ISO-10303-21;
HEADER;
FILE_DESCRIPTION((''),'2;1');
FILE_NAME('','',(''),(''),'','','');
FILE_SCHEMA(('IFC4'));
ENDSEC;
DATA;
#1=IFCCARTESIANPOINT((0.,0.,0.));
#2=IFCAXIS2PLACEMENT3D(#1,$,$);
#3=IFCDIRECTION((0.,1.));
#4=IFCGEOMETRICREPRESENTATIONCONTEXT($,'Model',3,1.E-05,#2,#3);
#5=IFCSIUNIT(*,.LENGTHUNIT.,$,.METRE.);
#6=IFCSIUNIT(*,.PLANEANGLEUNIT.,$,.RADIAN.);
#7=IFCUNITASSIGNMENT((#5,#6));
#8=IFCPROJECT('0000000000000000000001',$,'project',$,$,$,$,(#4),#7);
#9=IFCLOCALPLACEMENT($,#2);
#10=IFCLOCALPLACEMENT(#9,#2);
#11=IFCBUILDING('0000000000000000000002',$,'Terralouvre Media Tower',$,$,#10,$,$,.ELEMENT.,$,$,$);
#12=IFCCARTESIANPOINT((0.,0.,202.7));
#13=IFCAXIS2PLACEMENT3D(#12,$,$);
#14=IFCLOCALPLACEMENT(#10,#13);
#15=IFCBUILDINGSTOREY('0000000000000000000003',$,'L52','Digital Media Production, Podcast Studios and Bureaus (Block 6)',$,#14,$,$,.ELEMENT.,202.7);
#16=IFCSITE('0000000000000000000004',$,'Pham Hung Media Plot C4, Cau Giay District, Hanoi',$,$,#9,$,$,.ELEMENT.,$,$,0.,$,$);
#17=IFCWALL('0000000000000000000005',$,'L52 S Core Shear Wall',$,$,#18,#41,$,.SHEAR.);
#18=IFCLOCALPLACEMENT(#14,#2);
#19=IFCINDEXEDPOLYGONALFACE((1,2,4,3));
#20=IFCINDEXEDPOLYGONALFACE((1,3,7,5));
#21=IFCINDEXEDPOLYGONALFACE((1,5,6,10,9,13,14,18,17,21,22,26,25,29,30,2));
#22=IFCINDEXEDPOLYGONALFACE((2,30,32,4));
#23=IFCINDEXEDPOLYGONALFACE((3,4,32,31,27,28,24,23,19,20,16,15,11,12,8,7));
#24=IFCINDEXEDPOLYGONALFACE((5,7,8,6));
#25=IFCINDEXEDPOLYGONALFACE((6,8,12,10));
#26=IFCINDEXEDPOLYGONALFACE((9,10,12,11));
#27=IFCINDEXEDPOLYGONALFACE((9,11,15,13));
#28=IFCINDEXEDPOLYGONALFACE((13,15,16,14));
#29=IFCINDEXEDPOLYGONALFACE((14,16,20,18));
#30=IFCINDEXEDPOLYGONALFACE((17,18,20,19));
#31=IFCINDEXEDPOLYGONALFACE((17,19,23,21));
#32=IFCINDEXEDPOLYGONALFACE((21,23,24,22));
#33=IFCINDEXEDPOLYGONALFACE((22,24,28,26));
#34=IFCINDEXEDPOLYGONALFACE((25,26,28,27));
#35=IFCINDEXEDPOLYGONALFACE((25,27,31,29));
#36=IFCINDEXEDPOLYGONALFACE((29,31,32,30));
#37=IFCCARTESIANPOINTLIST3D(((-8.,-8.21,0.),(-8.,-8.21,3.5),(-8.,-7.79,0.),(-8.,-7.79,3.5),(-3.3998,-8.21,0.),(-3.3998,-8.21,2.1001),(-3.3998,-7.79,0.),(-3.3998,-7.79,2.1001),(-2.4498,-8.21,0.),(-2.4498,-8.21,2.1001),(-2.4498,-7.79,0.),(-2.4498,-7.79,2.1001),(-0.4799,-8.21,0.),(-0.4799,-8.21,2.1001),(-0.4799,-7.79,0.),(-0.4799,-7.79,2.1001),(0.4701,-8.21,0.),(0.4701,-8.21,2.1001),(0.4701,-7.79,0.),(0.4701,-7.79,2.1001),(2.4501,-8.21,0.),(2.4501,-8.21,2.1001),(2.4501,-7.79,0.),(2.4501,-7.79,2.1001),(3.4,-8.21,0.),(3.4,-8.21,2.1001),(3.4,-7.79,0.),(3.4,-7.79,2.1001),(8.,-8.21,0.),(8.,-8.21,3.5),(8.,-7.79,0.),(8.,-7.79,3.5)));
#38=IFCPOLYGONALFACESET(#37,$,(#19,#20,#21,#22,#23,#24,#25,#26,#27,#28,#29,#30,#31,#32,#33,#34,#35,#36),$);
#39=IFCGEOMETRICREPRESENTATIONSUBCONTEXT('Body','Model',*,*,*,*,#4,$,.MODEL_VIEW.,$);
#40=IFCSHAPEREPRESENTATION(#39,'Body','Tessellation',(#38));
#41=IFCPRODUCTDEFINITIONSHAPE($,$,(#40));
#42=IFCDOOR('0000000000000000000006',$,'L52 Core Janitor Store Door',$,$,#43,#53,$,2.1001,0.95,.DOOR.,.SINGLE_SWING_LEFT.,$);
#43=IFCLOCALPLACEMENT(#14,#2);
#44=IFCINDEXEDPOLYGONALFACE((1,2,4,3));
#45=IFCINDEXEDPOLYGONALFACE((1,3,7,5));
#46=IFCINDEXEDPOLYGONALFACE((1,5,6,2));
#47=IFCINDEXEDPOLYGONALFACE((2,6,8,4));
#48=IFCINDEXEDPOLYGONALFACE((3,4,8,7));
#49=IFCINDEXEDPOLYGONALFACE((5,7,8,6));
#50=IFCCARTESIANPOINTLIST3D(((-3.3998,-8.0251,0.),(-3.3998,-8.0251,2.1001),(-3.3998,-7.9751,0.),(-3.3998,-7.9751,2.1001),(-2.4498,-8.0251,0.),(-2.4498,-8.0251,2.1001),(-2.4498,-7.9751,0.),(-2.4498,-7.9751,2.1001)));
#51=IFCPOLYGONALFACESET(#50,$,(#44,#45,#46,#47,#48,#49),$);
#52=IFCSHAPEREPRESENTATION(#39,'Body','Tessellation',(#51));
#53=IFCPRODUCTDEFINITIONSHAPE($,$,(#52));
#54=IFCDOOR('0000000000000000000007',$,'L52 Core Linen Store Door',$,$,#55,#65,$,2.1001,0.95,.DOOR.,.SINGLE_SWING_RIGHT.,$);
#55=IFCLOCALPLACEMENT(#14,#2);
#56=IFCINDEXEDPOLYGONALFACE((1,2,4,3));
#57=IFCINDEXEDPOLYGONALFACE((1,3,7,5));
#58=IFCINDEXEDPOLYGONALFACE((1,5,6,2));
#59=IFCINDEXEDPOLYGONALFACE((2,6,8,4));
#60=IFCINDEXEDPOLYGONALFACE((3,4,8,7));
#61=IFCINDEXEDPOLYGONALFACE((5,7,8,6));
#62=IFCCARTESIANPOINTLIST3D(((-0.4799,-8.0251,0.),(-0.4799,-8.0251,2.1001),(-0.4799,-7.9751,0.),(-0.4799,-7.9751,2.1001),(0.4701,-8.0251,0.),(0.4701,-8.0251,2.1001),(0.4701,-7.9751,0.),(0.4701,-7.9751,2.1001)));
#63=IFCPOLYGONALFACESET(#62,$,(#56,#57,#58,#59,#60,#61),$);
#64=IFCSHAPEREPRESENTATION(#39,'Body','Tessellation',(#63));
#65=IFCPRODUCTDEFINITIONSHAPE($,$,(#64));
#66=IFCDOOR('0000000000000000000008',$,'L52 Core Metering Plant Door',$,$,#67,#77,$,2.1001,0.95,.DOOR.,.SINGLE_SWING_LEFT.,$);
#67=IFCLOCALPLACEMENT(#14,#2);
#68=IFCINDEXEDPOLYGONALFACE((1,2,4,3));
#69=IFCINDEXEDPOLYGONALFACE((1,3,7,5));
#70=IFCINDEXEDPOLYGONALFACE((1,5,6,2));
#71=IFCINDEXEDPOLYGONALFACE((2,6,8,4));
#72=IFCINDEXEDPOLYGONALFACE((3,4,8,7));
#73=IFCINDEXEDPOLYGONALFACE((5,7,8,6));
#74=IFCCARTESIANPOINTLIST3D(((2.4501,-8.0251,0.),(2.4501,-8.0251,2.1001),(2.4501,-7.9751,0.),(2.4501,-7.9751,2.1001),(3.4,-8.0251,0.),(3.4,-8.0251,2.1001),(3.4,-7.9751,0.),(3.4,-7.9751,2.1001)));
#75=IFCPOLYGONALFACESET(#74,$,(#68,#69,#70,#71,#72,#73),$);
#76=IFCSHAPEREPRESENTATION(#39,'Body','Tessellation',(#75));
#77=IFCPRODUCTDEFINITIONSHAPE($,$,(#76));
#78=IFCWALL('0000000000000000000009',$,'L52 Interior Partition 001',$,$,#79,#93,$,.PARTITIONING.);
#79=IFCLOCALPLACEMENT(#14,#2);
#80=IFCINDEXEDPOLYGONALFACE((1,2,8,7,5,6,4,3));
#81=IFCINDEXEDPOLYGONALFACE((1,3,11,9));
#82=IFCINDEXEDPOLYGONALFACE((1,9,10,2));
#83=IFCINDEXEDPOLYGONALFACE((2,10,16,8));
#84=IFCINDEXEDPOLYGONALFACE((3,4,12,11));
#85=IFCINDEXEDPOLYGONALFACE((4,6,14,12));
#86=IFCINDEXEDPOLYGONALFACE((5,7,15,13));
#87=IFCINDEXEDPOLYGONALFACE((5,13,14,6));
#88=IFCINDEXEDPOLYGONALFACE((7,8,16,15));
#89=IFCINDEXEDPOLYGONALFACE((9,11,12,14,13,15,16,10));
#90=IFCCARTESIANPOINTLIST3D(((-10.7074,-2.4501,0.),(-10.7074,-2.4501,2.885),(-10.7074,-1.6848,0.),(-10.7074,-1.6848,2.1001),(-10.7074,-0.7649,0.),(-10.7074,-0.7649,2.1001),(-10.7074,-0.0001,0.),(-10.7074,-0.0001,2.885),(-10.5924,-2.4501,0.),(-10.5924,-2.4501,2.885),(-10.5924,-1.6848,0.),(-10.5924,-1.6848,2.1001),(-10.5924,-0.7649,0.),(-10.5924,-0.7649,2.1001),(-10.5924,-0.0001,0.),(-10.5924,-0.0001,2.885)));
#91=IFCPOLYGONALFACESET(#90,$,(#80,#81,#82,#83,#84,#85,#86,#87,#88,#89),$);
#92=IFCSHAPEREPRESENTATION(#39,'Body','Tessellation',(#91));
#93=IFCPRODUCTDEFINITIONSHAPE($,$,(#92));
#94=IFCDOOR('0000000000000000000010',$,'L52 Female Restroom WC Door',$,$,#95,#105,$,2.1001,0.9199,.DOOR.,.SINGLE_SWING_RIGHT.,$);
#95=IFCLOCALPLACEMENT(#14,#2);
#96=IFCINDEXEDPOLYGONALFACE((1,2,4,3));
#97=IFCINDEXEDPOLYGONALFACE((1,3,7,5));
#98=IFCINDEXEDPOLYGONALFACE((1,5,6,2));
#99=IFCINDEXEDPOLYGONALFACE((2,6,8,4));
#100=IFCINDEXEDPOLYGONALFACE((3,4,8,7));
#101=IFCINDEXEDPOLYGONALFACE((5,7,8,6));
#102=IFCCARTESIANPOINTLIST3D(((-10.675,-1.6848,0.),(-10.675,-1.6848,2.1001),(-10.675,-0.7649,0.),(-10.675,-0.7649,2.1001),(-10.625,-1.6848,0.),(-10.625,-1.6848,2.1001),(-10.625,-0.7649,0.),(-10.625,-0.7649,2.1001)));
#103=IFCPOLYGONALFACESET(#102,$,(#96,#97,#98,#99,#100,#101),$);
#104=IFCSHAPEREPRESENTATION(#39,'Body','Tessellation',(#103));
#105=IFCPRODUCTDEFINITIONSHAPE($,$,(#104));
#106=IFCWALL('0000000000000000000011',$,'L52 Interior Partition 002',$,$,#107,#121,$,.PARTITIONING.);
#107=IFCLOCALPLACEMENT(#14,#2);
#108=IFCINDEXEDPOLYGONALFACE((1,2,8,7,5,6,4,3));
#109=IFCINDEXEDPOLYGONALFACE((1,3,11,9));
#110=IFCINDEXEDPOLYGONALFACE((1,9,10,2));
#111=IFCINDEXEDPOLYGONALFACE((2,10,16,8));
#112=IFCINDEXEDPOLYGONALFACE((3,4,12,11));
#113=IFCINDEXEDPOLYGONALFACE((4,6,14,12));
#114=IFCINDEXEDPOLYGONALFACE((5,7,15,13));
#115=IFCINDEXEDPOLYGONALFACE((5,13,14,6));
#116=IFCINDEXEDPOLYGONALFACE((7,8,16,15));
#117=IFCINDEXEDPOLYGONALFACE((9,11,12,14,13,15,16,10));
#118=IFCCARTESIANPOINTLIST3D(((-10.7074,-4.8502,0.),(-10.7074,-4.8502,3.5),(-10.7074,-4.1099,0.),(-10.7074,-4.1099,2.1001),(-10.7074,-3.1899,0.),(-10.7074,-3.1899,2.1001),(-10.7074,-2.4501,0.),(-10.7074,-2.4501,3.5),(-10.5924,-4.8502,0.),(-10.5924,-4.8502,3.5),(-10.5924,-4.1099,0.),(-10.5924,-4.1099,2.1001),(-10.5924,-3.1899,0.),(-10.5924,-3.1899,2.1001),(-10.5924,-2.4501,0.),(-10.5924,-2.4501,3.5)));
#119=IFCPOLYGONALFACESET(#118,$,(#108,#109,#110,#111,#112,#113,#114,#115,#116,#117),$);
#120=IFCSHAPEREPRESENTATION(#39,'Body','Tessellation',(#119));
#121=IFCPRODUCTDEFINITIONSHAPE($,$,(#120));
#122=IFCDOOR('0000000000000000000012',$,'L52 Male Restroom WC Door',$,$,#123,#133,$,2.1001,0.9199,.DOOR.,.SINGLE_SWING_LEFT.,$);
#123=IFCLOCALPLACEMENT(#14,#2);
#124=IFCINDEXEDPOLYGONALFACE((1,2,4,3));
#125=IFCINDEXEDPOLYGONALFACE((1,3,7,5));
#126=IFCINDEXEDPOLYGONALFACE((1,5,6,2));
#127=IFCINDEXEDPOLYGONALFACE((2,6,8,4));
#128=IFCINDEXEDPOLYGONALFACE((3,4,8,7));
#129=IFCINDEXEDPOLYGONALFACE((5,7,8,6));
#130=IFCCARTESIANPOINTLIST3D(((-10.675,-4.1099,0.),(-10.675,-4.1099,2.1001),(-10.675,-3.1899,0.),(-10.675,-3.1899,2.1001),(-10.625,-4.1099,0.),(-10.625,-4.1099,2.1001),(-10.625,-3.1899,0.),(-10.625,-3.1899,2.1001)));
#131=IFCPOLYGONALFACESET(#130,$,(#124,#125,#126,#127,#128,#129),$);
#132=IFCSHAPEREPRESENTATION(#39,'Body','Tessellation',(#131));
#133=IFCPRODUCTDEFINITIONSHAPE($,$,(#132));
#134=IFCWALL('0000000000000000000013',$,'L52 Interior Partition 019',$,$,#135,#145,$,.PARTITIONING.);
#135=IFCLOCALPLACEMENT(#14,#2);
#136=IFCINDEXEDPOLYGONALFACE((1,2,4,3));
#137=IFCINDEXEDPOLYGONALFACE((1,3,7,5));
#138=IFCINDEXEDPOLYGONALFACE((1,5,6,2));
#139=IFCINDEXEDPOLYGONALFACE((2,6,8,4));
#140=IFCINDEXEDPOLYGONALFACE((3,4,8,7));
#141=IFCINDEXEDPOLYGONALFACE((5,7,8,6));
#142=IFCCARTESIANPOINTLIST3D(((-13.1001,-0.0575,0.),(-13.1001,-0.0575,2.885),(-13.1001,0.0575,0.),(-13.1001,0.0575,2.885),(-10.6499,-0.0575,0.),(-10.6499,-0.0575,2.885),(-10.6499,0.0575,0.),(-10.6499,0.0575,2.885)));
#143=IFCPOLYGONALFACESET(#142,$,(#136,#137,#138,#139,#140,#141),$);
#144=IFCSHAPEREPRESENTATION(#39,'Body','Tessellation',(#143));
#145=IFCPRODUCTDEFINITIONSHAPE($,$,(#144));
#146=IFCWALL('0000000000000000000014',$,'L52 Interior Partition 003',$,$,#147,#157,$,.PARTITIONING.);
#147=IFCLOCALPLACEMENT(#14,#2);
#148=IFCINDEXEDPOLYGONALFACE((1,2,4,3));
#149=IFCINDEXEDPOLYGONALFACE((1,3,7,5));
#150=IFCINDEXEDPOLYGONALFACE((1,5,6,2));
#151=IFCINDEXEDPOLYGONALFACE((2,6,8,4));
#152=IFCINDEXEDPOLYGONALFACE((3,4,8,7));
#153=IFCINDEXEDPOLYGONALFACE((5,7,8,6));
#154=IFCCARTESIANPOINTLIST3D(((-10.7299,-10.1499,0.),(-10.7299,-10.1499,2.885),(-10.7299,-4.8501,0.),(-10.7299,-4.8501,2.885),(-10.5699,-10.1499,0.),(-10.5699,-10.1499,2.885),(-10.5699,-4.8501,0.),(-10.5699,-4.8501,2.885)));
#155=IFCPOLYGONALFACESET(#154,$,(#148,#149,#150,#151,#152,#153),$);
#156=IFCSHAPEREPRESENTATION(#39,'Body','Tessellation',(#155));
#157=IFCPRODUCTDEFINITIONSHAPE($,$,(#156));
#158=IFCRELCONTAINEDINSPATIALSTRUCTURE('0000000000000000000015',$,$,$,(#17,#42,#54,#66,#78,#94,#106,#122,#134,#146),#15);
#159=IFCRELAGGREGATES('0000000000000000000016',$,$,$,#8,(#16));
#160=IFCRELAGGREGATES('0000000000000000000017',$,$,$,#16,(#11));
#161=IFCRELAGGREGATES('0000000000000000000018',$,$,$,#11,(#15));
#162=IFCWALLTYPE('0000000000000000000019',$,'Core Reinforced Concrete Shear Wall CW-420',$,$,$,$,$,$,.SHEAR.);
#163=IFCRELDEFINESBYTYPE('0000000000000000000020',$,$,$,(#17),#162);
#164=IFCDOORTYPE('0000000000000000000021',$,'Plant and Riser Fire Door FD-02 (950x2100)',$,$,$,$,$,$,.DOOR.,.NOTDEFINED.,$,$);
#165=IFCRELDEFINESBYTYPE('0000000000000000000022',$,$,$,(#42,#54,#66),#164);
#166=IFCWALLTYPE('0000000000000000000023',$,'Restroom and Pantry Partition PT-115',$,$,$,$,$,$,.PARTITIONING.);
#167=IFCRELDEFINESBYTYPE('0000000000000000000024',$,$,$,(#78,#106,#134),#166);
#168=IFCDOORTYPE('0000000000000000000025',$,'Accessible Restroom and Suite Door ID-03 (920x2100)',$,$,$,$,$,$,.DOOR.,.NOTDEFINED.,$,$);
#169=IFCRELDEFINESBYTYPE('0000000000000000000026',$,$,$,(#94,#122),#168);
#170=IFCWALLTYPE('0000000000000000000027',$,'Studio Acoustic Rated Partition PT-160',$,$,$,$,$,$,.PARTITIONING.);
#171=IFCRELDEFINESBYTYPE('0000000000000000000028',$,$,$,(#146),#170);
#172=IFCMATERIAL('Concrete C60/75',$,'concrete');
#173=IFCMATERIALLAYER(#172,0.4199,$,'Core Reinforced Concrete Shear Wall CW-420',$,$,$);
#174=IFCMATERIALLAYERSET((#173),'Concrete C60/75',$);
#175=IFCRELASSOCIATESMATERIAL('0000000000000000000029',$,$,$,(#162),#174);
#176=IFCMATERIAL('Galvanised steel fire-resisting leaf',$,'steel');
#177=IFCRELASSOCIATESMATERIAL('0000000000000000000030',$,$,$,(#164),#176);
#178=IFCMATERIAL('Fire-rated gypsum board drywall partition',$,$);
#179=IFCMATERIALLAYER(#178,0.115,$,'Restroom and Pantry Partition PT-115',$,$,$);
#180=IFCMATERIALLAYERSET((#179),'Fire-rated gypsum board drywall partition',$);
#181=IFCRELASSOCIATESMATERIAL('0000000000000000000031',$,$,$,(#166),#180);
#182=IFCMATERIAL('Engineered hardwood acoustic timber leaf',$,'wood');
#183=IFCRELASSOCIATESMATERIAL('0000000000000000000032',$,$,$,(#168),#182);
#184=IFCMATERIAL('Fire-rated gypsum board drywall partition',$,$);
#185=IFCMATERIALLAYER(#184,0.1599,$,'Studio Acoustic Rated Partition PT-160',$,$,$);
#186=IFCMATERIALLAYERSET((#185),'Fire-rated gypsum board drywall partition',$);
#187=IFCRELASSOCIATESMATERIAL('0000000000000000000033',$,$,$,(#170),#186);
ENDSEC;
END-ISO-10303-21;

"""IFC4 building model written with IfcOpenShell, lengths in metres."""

from ifc_helpers import new_model, si_unit, direction, frame, frame_2d, origin, place, context, subcontext, project, spatial, rectangle, extrude, material, layer, layer_set, type_object, element, fill, save


model = new_model("IFC4")

# Units and contexts
model_context = context("Model", 3, precision=1e-05, world=origin(), true_north=direction((0.0, 1.0)))
body_context = subcontext(model_context, "Body", "Model", "MODEL_VIEW")
ifc_project = project(units=[si_unit("LENGTHUNIT", "METRE"), si_unit("PLANEANGLEUNIT", "RADIAN")], contexts=[model_context])

# Site, building, storey
site_placement = place(None, origin())
site = spatial("IfcSite", under=ifc_project, at=site_placement, Name="Pham Hung Media Plot C4, Cau Giay District, Hanoi", CompositionType="ELEMENT", RefElevation=0.0)
building_placement = place(site_placement, origin())
building = spatial("IfcBuilding", under=site, at=building_placement, Name="Terralouvre Media Tower", CompositionType="ELEMENT")
storey_placement = place(building_placement, frame((0.0, 0.0, 202.7)))
storey = spatial("IfcBuildingStorey", under=building, at=storey_placement, Name="L52", Description="Digital Media Production, Podcast Studios and Bureaus (Block 6)", CompositionType="ELEMENT", Elevation=202.7)

# Wall, openings, doors
ifc_material_1 = material(Name="Concrete C60/75", Category="concrete")
ifc_layer_1 = layer(ifc_material_1, 0.4199, Name="Core Reinforced Concrete Shear Wall CW-420")
ifc_layer_set_1 = layer_set([ifc_layer_1], Name="Concrete C60/75")
wall_type_1 = type_object("IfcWallType", Name="Core Reinforced Concrete Shear Wall CW-420", PredefinedType="SHEAR", material=ifc_layer_set_1)
wall_1_placement = place(storey_placement, frame((-8.0, -8.0, 0.0), z_axis=(0.0, 0.0, 1.0), x_axis=(1.0, 0.0, 0.0)))
wall_1 = element("IfcWall", 1, at=wall_1_placement, inside=storey, type_object=wall_type_1, Name="L52 S Core Shear Wall", PredefinedType="SHEAR", context=body_context, shape_type="SweptSolid", body=[
    extrude(rectangle(XDim=16.0, YDim=0.4199, at=frame_2d((8.0, 0.0))), origin(), (0.0, 0.0, 1.0), 3.5),
])
opening_1_placement = place(wall_1_placement, frame((4.6001, 0.0, 0.0)))
opening_1 = element("IfcOpeningElement", 2, at=opening_1_placement, cuts=wall_1, PredefinedType="OPENING", context=body_context, shape_type="SweptSolid", body=[
    extrude(rectangle(XDim=0.95, YDim=2.1001, at=frame_2d((0.4751, 1.05))), frame((0.0, 0.22, 0.0), z_axis=(0.0, -1.0, 0.0), x_axis=(1.0, 0.0, 0.0)), (0.0, 0.0, 1.0), 0.4399),
])
opening_2_placement = place(wall_1_placement, frame((7.52, 0.0, 0.0)))
opening_2 = element("IfcOpeningElement", 3, at=opening_2_placement, cuts=wall_1, PredefinedType="OPENING", context=body_context, shape_type="SweptSolid", body=[
    extrude(rectangle(XDim=0.95, YDim=2.1001, at=frame_2d((0.4751, 1.05))), frame((0.0, 0.22, 0.0), z_axis=(0.0, -1.0, 0.0), x_axis=(1.0, 0.0, 0.0)), (0.0, 0.0, 1.0), 0.4399),
])
opening_3_placement = place(wall_1_placement, frame((10.45, 0.0, 0.0)))
opening_3 = element("IfcOpeningElement", 4, at=opening_3_placement, cuts=wall_1, PredefinedType="OPENING", context=body_context, shape_type="SweptSolid", body=[
    extrude(rectangle(XDim=0.95, YDim=2.1001, at=frame_2d((0.4751, 1.05))), frame((0.0, 0.22, 0.0), z_axis=(0.0, -1.0, 0.0), x_axis=(1.0, 0.0, 0.0)), (0.0, 0.0, 1.0), 0.4399),
])
ifc_material_2 = material(Name="Galvanised steel fire-resisting leaf", Category="steel")
door_type_1 = type_object("IfcDoorType", Name="Plant and Riser Fire Door FD-02 (950x2100)", OperationType="NOTDEFINED", PredefinedType="DOOR", material=ifc_material_2)
door_1_placement = place(opening_1_placement, origin())
door_1 = element("IfcDoor", 5, at=door_1_placement, inside=storey, type_object=door_type_1, Name="L52 Core Janitor Store Door", OperationType="SINGLE_SWING_LEFT", OverallHeight=2.1001, OverallWidth=0.95, PredefinedType="DOOR", context=body_context, shape_type="SweptSolid", body=[
    extrude(rectangle(XDim=0.95, YDim=2.1001, at=frame_2d((0.4751, 1.05))), frame((0.0, 0.0249, 0.0), z_axis=(0.0, -1.0, 0.0), x_axis=(1.0, 0.0, 0.0)), (0.0, 0.0, 1.0), 0.05),
])
fill(opening_1, door_1)
door_2_placement = place(opening_2_placement, origin())
door_2 = element("IfcDoor", 6, at=door_2_placement, inside=storey, type_object=door_type_1, Name="L52 Core Linen Store Door", OperationType="SINGLE_SWING_RIGHT", OverallHeight=2.1001, OverallWidth=0.95, PredefinedType="DOOR", context=body_context, shape_type="SweptSolid", body=[
    extrude(rectangle(XDim=0.95, YDim=2.1001, at=frame_2d((0.4751, 1.05))), frame((0.0, 0.0249, 0.0), z_axis=(0.0, -1.0, 0.0), x_axis=(1.0, 0.0, 0.0)), (0.0, 0.0, 1.0), 0.05),
])
fill(opening_2, door_2)
door_3_placement = place(opening_3_placement, origin())
door_3 = element("IfcDoor", 7, at=door_3_placement, inside=storey, type_object=door_type_1, Name="L52 Core Metering Plant Door", OperationType="SINGLE_SWING_LEFT", OverallHeight=2.1001, OverallWidth=0.95, PredefinedType="DOOR", context=body_context, shape_type="SweptSolid", body=[
    extrude(rectangle(XDim=0.95, YDim=2.1001, at=frame_2d((0.4751, 1.05))), frame((0.0, 0.0249, 0.0), z_axis=(0.0, -1.0, 0.0), x_axis=(1.0, 0.0, 0.0)), (0.0, 0.0, 1.0), 0.05),
])
fill(opening_3, door_3)

# Walls, openings, doors
ifc_material_3 = material(Name="Fire-rated gypsum board drywall partition")
ifc_layer_2 = layer(ifc_material_3, 0.115, Name="Restroom and Pantry Partition PT-115")
ifc_layer_set_2 = layer_set([ifc_layer_2], Name="Fire-rated gypsum board drywall partition")
wall_type_2 = type_object("IfcWallType", Name="Restroom and Pantry Partition PT-115", PredefinedType="PARTITIONING", material=ifc_layer_set_2)
wall_2_placement = place(storey_placement, frame((-10.6499, 0.0, 0.0), z_axis=(0.0, 0.0, 1.0), x_axis=(0.0, -1.0, 0.0)))
wall_2 = element("IfcWall", 8, at=wall_2_placement, inside=storey, type_object=wall_type_2, Name="L52 Interior Partition 001", PredefinedType="PARTITIONING", context=body_context, shape_type="SweptSolid", body=[
    extrude(rectangle(XDim=2.45, YDim=0.115, at=frame_2d((1.2251, 0.0))), origin(), (0.0, 0.0, 1.0), 2.885),
])
opening_4_placement = place(wall_2_placement, frame((0.7649, 0.0, 0.0)))
opening_4 = element("IfcOpeningElement", 9, at=opening_4_placement, cuts=wall_2, PredefinedType="OPENING", context=body_context, shape_type="SweptSolid", body=[
    extrude(rectangle(XDim=0.9199, YDim=2.1001, at=frame_2d((0.46, 1.05))), frame((0.0, 0.0674, 0.0), z_axis=(0.0, -1.0, 0.0), x_axis=(1.0, 0.0, 0.0)), (0.0, 0.0, 1.0), 0.135),
])
ifc_material_4 = material(Name="Engineered hardwood acoustic timber leaf", Category="wood")
door_type_2 = type_object("IfcDoorType", Name="Accessible Restroom and Suite Door ID-03 (920x2100)", OperationType="NOTDEFINED", PredefinedType="DOOR", material=ifc_material_4)
door_4_placement = place(opening_4_placement, origin())
door_4 = element("IfcDoor", 10, at=door_4_placement, inside=storey, type_object=door_type_2, Name="L52 Female Restroom WC Door", OperationType="SINGLE_SWING_RIGHT", OverallHeight=2.1001, OverallWidth=0.9199, PredefinedType="DOOR", context=body_context, shape_type="SweptSolid", body=[
    extrude(rectangle(XDim=0.9199, YDim=2.1001, at=frame_2d((0.46, 1.05))), frame((0.0, 0.0249, 0.0), z_axis=(0.0, -1.0, 0.0), x_axis=(1.0, 0.0, 0.0)), (0.0, 0.0, 1.0), 0.05),
])
fill(opening_4, door_4)
wall_3_placement = place(storey_placement, frame((-10.6499, -2.45, 0.0), z_axis=(0.0, 0.0, 1.0), x_axis=(0.0, -1.0, 0.0)))
wall_3 = element("IfcWall", 11, at=wall_3_placement, inside=storey, type_object=wall_type_2, Name="L52 Interior Partition 002", PredefinedType="PARTITIONING", context=body_context, shape_type="SweptSolid", body=[
    extrude(rectangle(XDim=2.4001, YDim=0.115, at=frame_2d((1.2002, 0.0))), origin(), (0.0, 0.0, 1.0), 3.5),
])
opening_5_placement = place(wall_3_placement, frame((0.74, 0.0, 0.0)))
opening_5 = element("IfcOpeningElement", 12, at=opening_5_placement, cuts=wall_3, PredefinedType="OPENING", context=body_context, shape_type="SweptSolid", body=[
    extrude(rectangle(XDim=0.9199, YDim=2.1001, at=frame_2d((0.46, 1.05))), frame((0.0, 0.0674, 0.0), z_axis=(0.0, -1.0, 0.0), x_axis=(1.0, 0.0, 0.0)), (0.0, 0.0, 1.0), 0.135),
])
door_5_placement = place(opening_5_placement, origin())
door_5 = element("IfcDoor", 13, at=door_5_placement, inside=storey, type_object=door_type_2, Name="L52 Male Restroom WC Door", OperationType="SINGLE_SWING_LEFT", OverallHeight=2.1001, OverallWidth=0.9199, PredefinedType="DOOR", context=body_context, shape_type="SweptSolid", body=[
    extrude(rectangle(XDim=0.9199, YDim=2.1001, at=frame_2d((0.46, 1.05))), frame((0.0, 0.0249, 0.0), z_axis=(0.0, -1.0, 0.0), x_axis=(1.0, 0.0, 0.0)), (0.0, 0.0, 1.0), 0.05),
])
fill(opening_5, door_5)

# Walls
wall_4_placement = place(storey_placement, frame((-10.6499, 0.0, 0.0), z_axis=(0.0, 0.0, 1.0), x_axis=(-1.0, 0.0, 0.0)))
element("IfcWall", 14, at=wall_4_placement, inside=storey, type_object=wall_type_2, Name="L52 Interior Partition 019", PredefinedType="PARTITIONING", context=body_context, shape_type="SweptSolid", body=[
    extrude(rectangle(XDim=2.4502, YDim=0.115, at=frame_2d((1.2251, 0.0))), origin(), (0.0, 0.0, 1.0), 2.885),
])
ifc_material_5 = material(Name="Fire-rated gypsum board drywall partition")
ifc_layer_3 = layer(ifc_material_5, 0.1599, Name="Studio Acoustic Rated Partition PT-160")
ifc_layer_set_3 = layer_set([ifc_layer_3], Name="Fire-rated gypsum board drywall partition")
wall_type_3 = type_object("IfcWallType", Name="Studio Acoustic Rated Partition PT-160", PredefinedType="PARTITIONING", material=ifc_layer_set_3)
wall_5_placement = place(storey_placement, frame((-10.6499, -4.8501, 0.0), z_axis=(0.0, 0.0, 1.0), x_axis=(0.0, -1.0, 0.0)))
element("IfcWall", 15, at=wall_5_placement, inside=storey, type_object=wall_type_3, Name="L52 Interior Partition 003", PredefinedType="PARTITIONING", context=body_context, shape_type="SweptSolid", body=[
    extrude(rectangle(XDim=5.2998, YDim=0.1599, at=frame_2d((2.6499, 0.0))), origin(), (0.0, 0.0, 1.0), 2.885),
])

save(model, "model.ifc")
